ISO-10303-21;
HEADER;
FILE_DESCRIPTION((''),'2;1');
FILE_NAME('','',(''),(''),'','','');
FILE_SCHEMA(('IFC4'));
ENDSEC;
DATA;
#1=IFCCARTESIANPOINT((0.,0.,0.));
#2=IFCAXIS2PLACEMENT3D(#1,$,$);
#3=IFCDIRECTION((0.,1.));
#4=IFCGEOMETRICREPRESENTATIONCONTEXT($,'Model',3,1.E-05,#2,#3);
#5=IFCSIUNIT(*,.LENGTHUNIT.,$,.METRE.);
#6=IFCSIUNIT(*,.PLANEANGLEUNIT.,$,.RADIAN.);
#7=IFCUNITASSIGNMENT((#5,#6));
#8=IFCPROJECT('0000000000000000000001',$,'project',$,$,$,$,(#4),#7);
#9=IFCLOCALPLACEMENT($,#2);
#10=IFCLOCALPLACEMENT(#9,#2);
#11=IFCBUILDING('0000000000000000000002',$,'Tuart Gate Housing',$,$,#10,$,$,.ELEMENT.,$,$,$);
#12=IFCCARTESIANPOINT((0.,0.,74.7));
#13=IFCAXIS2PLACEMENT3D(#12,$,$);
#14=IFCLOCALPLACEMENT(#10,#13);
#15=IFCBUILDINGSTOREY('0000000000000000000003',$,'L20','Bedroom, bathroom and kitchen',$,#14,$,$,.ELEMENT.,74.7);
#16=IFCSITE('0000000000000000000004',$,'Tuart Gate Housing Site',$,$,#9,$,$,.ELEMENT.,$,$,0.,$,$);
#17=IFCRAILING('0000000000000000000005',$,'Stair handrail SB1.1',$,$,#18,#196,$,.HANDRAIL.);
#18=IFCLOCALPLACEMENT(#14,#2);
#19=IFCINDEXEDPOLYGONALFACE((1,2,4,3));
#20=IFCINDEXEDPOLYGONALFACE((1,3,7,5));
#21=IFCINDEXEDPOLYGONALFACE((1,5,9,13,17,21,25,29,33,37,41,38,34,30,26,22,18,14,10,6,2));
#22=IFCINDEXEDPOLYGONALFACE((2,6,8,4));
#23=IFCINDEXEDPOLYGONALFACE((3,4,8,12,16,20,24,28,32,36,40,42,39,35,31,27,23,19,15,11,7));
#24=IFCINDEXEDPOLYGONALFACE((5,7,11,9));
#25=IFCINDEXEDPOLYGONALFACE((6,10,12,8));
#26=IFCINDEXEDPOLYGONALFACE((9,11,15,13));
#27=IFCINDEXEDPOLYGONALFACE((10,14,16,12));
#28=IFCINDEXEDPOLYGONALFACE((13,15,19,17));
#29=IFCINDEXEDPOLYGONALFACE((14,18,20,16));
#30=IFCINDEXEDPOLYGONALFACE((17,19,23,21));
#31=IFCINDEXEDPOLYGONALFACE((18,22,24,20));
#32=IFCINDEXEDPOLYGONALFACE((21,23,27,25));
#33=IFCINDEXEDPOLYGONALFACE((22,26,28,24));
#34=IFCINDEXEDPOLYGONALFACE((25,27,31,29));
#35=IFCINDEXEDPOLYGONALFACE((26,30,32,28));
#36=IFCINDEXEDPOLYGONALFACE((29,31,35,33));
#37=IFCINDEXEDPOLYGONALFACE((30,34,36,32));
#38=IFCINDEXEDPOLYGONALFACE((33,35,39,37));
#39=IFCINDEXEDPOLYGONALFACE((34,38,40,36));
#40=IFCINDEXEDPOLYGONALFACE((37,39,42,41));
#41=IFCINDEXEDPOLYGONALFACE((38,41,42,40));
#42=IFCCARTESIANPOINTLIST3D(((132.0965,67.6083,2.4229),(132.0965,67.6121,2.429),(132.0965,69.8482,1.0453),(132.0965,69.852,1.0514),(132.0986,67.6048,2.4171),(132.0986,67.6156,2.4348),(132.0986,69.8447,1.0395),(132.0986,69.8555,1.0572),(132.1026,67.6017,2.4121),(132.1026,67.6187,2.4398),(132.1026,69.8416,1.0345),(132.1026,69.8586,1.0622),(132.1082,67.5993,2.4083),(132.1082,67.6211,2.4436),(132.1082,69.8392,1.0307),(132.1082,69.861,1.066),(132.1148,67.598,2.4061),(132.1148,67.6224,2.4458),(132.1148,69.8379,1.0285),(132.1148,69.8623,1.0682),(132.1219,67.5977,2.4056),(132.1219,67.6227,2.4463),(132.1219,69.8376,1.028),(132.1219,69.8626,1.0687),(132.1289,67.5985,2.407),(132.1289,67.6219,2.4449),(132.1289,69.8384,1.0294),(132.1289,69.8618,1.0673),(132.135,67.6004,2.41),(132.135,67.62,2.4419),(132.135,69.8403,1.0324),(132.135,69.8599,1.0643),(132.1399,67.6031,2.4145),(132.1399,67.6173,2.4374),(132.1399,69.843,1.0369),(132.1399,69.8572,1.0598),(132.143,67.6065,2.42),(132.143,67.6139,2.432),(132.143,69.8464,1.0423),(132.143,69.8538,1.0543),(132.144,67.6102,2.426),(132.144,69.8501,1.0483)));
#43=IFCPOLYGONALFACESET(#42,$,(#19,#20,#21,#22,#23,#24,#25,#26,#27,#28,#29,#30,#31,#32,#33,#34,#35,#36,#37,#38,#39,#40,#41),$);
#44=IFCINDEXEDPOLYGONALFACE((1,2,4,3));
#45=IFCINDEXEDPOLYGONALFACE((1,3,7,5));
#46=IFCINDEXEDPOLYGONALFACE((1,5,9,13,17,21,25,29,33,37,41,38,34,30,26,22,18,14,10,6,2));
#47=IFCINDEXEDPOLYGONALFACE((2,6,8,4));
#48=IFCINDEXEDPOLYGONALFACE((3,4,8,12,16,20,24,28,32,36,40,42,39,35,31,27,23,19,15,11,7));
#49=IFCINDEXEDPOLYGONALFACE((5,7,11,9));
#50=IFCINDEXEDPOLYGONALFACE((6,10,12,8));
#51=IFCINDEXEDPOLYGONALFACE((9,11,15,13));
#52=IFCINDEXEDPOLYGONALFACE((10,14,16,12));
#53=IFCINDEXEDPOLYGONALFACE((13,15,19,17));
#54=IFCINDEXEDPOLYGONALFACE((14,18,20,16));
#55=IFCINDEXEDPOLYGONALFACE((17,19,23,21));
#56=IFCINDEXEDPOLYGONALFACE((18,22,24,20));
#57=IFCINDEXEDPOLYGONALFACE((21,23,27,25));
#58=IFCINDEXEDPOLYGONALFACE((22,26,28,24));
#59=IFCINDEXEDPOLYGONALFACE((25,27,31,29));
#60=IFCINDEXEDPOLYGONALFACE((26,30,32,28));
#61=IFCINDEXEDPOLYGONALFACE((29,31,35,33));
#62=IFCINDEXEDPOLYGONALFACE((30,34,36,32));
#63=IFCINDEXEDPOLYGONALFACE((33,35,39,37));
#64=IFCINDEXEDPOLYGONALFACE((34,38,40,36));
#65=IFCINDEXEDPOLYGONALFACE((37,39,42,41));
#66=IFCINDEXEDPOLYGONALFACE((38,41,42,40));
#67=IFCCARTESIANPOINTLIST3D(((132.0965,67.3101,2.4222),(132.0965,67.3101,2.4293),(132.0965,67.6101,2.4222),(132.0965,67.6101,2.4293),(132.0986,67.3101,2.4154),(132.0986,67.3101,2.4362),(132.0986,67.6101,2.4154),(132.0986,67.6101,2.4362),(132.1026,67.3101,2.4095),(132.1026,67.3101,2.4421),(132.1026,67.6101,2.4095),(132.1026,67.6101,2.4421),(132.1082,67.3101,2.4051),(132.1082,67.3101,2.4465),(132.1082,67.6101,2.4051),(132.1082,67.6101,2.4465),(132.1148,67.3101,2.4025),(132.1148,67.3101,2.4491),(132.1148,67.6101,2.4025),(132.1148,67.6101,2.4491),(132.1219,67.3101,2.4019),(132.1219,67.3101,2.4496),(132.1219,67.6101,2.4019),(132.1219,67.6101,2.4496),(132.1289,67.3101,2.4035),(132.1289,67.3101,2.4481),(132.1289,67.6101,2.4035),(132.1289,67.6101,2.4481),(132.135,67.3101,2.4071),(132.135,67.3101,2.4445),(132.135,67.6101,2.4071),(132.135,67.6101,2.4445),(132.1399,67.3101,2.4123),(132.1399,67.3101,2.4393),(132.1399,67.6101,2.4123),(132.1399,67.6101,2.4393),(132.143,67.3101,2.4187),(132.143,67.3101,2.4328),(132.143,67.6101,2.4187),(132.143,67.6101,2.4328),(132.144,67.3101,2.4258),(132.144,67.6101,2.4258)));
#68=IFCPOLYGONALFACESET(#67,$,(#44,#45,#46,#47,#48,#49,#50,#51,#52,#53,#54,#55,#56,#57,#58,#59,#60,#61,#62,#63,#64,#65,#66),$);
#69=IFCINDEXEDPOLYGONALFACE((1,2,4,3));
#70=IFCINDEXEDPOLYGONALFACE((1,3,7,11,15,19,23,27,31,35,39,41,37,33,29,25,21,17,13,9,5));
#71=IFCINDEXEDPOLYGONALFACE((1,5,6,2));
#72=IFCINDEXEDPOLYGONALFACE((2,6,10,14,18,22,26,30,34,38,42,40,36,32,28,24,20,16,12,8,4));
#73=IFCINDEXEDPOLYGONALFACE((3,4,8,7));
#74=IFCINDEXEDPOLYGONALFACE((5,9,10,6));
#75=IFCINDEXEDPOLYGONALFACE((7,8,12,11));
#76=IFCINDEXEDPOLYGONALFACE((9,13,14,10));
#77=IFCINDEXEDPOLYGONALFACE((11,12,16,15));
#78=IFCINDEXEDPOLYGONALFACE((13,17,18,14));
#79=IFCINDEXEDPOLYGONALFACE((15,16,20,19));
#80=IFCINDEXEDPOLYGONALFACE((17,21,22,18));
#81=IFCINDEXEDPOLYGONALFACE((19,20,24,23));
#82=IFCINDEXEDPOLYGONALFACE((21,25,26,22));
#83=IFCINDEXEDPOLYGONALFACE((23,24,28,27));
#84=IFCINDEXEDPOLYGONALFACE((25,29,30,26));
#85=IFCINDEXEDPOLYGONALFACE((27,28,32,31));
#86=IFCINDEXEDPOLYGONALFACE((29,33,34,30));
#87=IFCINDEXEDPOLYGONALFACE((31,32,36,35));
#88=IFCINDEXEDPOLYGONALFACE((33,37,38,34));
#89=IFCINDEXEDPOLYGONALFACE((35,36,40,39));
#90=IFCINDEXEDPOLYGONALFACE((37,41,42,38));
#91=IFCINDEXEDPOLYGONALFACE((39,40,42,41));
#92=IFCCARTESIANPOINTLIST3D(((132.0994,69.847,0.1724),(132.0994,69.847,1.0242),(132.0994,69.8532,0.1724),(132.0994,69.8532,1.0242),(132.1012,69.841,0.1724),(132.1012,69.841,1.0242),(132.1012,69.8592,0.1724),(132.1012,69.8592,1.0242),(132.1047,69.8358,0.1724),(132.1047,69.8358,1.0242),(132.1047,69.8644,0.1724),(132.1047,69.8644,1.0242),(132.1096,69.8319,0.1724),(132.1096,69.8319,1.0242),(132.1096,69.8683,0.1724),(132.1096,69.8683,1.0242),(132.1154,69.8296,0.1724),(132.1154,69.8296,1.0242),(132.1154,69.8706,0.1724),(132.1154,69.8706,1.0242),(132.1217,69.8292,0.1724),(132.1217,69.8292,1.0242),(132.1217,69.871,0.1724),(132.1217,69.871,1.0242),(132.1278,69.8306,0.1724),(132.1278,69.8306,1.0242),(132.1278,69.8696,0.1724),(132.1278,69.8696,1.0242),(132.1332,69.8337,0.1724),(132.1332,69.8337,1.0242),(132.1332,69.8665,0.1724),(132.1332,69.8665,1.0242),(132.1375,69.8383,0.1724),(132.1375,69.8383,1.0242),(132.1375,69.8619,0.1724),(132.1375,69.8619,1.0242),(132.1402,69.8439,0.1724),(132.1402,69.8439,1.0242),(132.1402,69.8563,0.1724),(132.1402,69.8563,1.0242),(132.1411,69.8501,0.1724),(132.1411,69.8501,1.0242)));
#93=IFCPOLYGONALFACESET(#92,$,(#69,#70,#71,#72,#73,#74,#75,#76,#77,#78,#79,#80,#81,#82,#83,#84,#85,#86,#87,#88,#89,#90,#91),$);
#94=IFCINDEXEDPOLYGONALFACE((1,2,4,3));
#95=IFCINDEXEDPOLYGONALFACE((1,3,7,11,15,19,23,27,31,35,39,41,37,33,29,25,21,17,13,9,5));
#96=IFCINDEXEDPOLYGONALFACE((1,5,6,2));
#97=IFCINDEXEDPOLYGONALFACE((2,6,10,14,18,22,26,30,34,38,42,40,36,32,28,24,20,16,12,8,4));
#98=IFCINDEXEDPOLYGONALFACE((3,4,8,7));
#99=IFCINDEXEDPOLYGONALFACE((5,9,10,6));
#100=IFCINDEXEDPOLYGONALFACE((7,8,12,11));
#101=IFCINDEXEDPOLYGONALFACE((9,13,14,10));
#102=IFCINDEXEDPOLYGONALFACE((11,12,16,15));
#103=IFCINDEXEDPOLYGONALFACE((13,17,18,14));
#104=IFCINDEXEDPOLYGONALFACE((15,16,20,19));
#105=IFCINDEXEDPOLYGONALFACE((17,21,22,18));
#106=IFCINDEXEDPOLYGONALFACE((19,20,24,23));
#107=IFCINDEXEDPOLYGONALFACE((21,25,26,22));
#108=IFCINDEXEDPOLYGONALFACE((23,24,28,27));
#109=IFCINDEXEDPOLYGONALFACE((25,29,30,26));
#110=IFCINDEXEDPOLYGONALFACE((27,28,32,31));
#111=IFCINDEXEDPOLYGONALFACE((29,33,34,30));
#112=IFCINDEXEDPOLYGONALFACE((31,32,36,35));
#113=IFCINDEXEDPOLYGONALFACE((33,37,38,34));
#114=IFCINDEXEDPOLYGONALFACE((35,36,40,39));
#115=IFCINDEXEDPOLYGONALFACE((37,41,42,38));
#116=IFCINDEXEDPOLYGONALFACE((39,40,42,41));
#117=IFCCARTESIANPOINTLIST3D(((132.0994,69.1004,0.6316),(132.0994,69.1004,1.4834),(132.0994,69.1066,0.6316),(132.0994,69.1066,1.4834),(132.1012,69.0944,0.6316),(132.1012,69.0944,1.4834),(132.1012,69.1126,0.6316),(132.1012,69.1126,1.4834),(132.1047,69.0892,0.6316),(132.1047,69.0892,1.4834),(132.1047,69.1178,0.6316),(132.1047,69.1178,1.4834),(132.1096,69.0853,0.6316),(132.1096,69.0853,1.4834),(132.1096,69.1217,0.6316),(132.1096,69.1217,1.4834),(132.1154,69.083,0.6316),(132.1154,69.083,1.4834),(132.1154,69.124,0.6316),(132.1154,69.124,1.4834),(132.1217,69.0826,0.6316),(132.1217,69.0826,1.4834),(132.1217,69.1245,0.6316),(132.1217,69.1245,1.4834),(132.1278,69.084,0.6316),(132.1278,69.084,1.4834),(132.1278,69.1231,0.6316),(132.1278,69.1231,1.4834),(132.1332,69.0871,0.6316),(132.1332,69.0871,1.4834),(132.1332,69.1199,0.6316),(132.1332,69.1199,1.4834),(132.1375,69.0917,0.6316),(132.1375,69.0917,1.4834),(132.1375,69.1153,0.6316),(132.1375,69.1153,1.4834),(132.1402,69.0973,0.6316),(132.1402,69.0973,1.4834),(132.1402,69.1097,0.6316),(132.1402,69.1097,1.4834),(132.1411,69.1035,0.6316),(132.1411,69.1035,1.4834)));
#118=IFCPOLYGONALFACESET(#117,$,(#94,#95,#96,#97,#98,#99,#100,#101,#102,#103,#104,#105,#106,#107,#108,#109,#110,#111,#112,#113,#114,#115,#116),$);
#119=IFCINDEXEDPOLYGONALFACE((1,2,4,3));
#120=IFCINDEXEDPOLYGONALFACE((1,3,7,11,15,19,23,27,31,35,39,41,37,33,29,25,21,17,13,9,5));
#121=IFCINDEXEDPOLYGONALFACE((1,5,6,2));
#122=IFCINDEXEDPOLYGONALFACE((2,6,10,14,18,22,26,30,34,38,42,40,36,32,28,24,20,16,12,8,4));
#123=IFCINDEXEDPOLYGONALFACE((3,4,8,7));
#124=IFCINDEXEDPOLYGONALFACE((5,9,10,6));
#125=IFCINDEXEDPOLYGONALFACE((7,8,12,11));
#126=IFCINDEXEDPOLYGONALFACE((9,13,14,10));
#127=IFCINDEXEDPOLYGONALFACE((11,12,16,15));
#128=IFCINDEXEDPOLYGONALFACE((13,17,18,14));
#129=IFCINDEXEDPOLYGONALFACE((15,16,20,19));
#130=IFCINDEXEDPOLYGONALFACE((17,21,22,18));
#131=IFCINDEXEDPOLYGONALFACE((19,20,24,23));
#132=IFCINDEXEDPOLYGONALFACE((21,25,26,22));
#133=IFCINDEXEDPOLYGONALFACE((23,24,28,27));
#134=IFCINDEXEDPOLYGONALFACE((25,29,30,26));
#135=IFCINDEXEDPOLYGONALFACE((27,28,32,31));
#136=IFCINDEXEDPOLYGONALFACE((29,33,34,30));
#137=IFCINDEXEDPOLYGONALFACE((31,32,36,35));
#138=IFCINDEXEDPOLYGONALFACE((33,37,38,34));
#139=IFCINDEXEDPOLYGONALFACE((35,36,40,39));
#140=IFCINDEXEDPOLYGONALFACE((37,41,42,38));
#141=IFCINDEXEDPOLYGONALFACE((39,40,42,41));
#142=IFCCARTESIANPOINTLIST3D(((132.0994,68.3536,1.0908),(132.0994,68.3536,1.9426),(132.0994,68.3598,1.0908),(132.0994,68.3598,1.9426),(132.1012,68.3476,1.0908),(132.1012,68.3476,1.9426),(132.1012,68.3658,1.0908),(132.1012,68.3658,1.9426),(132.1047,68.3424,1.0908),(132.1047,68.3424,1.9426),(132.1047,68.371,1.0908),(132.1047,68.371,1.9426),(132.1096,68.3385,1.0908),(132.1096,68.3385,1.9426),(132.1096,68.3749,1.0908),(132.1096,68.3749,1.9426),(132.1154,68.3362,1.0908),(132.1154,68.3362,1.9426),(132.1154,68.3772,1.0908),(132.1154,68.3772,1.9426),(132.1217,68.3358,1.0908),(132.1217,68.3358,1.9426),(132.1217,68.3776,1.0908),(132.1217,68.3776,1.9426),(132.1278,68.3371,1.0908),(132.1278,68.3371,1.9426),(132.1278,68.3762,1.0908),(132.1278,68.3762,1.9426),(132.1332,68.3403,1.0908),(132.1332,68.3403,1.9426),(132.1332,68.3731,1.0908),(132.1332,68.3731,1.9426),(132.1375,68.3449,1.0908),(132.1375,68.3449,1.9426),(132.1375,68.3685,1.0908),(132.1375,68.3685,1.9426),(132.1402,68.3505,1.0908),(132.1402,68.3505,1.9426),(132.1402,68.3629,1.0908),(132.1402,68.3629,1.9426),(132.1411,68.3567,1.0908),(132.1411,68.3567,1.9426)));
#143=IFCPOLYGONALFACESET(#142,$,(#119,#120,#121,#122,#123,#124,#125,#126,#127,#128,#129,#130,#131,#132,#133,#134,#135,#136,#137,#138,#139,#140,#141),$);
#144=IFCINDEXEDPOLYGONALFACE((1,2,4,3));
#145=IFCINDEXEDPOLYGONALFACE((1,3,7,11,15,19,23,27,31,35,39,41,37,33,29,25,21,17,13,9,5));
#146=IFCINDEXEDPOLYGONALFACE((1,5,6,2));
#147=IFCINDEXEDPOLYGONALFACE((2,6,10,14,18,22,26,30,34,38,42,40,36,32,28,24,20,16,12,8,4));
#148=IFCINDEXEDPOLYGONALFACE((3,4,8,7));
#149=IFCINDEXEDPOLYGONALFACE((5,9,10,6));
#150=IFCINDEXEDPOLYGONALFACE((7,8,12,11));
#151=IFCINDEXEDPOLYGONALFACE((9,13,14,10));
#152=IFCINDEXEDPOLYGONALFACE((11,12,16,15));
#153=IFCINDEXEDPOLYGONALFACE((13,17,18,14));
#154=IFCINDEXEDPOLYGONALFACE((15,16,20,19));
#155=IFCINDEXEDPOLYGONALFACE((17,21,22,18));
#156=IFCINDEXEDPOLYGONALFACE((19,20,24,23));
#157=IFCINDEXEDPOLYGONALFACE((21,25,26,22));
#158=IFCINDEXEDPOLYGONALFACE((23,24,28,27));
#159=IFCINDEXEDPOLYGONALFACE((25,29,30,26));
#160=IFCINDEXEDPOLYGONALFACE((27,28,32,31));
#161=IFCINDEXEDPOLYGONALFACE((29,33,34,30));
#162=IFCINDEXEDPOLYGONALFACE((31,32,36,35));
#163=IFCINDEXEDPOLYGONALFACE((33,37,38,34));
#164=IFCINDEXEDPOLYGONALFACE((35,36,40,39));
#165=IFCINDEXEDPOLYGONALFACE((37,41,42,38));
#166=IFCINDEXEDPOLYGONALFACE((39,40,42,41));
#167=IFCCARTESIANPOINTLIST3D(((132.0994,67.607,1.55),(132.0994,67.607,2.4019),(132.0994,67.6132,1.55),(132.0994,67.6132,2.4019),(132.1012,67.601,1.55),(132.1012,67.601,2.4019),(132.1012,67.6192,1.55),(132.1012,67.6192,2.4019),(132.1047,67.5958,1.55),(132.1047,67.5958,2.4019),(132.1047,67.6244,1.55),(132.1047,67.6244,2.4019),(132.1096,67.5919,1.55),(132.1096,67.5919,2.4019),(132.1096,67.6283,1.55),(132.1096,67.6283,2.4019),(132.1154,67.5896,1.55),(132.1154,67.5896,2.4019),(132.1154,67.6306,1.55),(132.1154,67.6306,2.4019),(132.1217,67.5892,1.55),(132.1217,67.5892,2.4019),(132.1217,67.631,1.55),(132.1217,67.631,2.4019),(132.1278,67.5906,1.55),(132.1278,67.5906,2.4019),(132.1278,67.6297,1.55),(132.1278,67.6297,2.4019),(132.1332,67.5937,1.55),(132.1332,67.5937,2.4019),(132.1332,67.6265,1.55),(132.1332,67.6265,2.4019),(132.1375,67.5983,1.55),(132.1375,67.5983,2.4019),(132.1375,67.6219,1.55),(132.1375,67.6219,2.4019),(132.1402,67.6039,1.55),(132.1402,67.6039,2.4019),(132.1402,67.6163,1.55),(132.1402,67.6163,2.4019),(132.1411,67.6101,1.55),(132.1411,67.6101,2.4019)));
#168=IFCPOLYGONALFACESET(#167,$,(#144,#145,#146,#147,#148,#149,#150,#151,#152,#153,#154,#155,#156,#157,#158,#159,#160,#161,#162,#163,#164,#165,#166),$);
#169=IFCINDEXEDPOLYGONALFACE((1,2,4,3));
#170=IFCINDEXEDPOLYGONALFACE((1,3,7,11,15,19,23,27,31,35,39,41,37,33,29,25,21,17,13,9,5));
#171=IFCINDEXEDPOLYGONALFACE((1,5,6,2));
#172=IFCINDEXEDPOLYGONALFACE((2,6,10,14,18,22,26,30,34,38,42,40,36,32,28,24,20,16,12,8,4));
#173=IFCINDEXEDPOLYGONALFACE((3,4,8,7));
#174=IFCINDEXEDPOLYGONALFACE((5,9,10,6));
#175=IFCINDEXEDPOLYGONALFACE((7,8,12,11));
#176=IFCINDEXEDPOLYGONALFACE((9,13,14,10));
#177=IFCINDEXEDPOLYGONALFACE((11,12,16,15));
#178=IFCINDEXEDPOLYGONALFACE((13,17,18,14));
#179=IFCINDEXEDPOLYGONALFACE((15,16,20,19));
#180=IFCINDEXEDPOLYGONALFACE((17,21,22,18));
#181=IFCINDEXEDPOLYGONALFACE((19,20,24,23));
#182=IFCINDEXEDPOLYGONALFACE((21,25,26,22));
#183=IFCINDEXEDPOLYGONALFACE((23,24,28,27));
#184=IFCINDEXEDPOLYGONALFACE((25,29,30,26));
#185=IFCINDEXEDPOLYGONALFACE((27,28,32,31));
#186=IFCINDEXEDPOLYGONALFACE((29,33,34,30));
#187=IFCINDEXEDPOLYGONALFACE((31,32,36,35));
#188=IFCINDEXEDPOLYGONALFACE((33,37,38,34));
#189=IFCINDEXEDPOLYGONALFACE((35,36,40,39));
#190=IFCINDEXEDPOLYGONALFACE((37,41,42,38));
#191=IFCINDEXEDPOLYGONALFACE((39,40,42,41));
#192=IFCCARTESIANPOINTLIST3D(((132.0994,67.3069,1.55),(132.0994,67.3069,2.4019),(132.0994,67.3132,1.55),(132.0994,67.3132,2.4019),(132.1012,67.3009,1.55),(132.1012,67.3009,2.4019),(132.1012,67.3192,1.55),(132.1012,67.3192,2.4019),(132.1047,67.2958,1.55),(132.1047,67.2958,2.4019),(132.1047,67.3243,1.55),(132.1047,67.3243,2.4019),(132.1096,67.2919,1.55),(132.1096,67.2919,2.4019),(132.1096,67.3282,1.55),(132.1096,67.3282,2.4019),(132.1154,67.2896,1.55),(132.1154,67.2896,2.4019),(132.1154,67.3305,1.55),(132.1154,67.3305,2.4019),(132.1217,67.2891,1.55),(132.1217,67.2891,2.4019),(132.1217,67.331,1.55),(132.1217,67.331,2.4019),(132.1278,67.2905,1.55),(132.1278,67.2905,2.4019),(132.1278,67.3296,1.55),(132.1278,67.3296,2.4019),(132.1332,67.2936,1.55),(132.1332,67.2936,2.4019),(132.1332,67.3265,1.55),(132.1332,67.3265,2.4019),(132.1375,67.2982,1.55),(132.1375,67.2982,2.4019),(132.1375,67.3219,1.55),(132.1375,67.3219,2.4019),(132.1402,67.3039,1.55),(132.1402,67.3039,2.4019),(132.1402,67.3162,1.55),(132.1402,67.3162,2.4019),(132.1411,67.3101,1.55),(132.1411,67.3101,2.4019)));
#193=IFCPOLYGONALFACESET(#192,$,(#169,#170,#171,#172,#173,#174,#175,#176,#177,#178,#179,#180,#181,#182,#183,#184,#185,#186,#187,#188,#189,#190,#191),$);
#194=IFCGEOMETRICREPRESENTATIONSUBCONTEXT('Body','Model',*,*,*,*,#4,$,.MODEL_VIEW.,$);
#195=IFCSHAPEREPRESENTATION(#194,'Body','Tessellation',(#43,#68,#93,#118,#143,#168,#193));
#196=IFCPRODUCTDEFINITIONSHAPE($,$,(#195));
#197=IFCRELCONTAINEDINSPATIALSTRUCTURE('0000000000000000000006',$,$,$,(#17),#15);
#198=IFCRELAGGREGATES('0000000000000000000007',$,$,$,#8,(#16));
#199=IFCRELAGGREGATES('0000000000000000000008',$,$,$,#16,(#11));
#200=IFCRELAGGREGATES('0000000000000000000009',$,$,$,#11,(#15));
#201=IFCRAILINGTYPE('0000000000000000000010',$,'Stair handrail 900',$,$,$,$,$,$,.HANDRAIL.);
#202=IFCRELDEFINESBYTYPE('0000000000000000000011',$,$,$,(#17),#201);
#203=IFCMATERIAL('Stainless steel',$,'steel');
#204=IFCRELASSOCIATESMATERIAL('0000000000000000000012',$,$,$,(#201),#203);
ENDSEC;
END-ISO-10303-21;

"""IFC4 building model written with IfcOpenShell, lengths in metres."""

from ifc_helpers import new_model, si_unit, direction, frame, origin, origin_2d, place, context, subcontext, project, spatial, circle, extrude, material, type_object, element, save


model = new_model("IFC4")

# Units and contexts
model_context = context("Model", 3, precision=1e-05, world=origin(), true_north=direction((0.0, 1.0)))
body_context = subcontext(model_context, "Body", "Model", "MODEL_VIEW")
ifc_project = project(units=[si_unit("LENGTHUNIT", "METRE"), si_unit("PLANEANGLEUNIT", "RADIAN")], contexts=[model_context])

# Site, building, storey
site_placement = place(None, origin())
site = spatial("IfcSite", under=ifc_project, at=site_placement, Name="Tuart Gate Housing Site", CompositionType="ELEMENT", RefElevation=0.0)
building_placement = place(site_placement, origin())
building = spatial("IfcBuilding", under=site, at=building_placement, Name="Tuart Gate Housing", CompositionType="ELEMENT")
storey_placement = place(building_placement, frame((0.0, 0.0, 74.7)))
storey = spatial("IfcBuildingStorey", under=building, at=storey_placement, Name="L20", Description="Bedroom, bathroom and kitchen", CompositionType="ELEMENT", Elevation=74.7)

# Railing
ifc_material_1 = material(Name="Stainless steel", Category="steel")
railing_type = type_object("IfcRailingType", Name="Stair handrail 900", PredefinedType="HANDRAIL", material=ifc_material_1)
railing_placement = place(storey_placement, frame((132.1201, 69.8501, 0.1724)))
element("IfcRailing", 1, at=railing_placement, inside=storey, type_object=railing_type, Name="Stair handrail SB1.1", PredefinedType="HANDRAIL", context=body_context, shape_type="SweptSolid", body=[
    extrude(circle(Radius=0.0239, at=origin_2d()), frame((0.0, 0.0, 0.876), z_axis=(0.0, -0.851789, 0.523885), x_axis=(1.0, 0.0, 0.0)), (0.0, 0.0, 1.0), 2.6296),
    extrude(circle(Radius=0.0239, at=origin_2d()), frame((0.0, -2.24, 2.2534), z_axis=(0.0, -1.0, 0.0), x_axis=(1.0, 0.0, 0.0)), (0.0, 0.0, 1.0), 0.3),
    extrude(circle(Radius=0.021, at=origin_2d()), origin(), (0.0, 0.0, 1.0), 0.8518),
    extrude(circle(Radius=0.021, at=origin_2d()), frame((0.0, -0.7466, 0.4592)), (0.0, 0.0, 1.0), 0.8518),
    extrude(circle(Radius=0.021, at=origin_2d()), frame((0.0, -1.4934, 0.9185)), (0.0, 0.0, 1.0), 0.8518),
    extrude(circle(Radius=0.021, at=origin_2d()), frame((0.0, -2.24, 1.3777)), (0.0, 0.0, 1.0), 0.8518),
    extrude(circle(Radius=0.021, at=origin_2d()), frame((0.0, -2.54, 1.3777)), (0.0, 0.0, 1.0), 0.8518),
])

save(model, "model.ifc")
